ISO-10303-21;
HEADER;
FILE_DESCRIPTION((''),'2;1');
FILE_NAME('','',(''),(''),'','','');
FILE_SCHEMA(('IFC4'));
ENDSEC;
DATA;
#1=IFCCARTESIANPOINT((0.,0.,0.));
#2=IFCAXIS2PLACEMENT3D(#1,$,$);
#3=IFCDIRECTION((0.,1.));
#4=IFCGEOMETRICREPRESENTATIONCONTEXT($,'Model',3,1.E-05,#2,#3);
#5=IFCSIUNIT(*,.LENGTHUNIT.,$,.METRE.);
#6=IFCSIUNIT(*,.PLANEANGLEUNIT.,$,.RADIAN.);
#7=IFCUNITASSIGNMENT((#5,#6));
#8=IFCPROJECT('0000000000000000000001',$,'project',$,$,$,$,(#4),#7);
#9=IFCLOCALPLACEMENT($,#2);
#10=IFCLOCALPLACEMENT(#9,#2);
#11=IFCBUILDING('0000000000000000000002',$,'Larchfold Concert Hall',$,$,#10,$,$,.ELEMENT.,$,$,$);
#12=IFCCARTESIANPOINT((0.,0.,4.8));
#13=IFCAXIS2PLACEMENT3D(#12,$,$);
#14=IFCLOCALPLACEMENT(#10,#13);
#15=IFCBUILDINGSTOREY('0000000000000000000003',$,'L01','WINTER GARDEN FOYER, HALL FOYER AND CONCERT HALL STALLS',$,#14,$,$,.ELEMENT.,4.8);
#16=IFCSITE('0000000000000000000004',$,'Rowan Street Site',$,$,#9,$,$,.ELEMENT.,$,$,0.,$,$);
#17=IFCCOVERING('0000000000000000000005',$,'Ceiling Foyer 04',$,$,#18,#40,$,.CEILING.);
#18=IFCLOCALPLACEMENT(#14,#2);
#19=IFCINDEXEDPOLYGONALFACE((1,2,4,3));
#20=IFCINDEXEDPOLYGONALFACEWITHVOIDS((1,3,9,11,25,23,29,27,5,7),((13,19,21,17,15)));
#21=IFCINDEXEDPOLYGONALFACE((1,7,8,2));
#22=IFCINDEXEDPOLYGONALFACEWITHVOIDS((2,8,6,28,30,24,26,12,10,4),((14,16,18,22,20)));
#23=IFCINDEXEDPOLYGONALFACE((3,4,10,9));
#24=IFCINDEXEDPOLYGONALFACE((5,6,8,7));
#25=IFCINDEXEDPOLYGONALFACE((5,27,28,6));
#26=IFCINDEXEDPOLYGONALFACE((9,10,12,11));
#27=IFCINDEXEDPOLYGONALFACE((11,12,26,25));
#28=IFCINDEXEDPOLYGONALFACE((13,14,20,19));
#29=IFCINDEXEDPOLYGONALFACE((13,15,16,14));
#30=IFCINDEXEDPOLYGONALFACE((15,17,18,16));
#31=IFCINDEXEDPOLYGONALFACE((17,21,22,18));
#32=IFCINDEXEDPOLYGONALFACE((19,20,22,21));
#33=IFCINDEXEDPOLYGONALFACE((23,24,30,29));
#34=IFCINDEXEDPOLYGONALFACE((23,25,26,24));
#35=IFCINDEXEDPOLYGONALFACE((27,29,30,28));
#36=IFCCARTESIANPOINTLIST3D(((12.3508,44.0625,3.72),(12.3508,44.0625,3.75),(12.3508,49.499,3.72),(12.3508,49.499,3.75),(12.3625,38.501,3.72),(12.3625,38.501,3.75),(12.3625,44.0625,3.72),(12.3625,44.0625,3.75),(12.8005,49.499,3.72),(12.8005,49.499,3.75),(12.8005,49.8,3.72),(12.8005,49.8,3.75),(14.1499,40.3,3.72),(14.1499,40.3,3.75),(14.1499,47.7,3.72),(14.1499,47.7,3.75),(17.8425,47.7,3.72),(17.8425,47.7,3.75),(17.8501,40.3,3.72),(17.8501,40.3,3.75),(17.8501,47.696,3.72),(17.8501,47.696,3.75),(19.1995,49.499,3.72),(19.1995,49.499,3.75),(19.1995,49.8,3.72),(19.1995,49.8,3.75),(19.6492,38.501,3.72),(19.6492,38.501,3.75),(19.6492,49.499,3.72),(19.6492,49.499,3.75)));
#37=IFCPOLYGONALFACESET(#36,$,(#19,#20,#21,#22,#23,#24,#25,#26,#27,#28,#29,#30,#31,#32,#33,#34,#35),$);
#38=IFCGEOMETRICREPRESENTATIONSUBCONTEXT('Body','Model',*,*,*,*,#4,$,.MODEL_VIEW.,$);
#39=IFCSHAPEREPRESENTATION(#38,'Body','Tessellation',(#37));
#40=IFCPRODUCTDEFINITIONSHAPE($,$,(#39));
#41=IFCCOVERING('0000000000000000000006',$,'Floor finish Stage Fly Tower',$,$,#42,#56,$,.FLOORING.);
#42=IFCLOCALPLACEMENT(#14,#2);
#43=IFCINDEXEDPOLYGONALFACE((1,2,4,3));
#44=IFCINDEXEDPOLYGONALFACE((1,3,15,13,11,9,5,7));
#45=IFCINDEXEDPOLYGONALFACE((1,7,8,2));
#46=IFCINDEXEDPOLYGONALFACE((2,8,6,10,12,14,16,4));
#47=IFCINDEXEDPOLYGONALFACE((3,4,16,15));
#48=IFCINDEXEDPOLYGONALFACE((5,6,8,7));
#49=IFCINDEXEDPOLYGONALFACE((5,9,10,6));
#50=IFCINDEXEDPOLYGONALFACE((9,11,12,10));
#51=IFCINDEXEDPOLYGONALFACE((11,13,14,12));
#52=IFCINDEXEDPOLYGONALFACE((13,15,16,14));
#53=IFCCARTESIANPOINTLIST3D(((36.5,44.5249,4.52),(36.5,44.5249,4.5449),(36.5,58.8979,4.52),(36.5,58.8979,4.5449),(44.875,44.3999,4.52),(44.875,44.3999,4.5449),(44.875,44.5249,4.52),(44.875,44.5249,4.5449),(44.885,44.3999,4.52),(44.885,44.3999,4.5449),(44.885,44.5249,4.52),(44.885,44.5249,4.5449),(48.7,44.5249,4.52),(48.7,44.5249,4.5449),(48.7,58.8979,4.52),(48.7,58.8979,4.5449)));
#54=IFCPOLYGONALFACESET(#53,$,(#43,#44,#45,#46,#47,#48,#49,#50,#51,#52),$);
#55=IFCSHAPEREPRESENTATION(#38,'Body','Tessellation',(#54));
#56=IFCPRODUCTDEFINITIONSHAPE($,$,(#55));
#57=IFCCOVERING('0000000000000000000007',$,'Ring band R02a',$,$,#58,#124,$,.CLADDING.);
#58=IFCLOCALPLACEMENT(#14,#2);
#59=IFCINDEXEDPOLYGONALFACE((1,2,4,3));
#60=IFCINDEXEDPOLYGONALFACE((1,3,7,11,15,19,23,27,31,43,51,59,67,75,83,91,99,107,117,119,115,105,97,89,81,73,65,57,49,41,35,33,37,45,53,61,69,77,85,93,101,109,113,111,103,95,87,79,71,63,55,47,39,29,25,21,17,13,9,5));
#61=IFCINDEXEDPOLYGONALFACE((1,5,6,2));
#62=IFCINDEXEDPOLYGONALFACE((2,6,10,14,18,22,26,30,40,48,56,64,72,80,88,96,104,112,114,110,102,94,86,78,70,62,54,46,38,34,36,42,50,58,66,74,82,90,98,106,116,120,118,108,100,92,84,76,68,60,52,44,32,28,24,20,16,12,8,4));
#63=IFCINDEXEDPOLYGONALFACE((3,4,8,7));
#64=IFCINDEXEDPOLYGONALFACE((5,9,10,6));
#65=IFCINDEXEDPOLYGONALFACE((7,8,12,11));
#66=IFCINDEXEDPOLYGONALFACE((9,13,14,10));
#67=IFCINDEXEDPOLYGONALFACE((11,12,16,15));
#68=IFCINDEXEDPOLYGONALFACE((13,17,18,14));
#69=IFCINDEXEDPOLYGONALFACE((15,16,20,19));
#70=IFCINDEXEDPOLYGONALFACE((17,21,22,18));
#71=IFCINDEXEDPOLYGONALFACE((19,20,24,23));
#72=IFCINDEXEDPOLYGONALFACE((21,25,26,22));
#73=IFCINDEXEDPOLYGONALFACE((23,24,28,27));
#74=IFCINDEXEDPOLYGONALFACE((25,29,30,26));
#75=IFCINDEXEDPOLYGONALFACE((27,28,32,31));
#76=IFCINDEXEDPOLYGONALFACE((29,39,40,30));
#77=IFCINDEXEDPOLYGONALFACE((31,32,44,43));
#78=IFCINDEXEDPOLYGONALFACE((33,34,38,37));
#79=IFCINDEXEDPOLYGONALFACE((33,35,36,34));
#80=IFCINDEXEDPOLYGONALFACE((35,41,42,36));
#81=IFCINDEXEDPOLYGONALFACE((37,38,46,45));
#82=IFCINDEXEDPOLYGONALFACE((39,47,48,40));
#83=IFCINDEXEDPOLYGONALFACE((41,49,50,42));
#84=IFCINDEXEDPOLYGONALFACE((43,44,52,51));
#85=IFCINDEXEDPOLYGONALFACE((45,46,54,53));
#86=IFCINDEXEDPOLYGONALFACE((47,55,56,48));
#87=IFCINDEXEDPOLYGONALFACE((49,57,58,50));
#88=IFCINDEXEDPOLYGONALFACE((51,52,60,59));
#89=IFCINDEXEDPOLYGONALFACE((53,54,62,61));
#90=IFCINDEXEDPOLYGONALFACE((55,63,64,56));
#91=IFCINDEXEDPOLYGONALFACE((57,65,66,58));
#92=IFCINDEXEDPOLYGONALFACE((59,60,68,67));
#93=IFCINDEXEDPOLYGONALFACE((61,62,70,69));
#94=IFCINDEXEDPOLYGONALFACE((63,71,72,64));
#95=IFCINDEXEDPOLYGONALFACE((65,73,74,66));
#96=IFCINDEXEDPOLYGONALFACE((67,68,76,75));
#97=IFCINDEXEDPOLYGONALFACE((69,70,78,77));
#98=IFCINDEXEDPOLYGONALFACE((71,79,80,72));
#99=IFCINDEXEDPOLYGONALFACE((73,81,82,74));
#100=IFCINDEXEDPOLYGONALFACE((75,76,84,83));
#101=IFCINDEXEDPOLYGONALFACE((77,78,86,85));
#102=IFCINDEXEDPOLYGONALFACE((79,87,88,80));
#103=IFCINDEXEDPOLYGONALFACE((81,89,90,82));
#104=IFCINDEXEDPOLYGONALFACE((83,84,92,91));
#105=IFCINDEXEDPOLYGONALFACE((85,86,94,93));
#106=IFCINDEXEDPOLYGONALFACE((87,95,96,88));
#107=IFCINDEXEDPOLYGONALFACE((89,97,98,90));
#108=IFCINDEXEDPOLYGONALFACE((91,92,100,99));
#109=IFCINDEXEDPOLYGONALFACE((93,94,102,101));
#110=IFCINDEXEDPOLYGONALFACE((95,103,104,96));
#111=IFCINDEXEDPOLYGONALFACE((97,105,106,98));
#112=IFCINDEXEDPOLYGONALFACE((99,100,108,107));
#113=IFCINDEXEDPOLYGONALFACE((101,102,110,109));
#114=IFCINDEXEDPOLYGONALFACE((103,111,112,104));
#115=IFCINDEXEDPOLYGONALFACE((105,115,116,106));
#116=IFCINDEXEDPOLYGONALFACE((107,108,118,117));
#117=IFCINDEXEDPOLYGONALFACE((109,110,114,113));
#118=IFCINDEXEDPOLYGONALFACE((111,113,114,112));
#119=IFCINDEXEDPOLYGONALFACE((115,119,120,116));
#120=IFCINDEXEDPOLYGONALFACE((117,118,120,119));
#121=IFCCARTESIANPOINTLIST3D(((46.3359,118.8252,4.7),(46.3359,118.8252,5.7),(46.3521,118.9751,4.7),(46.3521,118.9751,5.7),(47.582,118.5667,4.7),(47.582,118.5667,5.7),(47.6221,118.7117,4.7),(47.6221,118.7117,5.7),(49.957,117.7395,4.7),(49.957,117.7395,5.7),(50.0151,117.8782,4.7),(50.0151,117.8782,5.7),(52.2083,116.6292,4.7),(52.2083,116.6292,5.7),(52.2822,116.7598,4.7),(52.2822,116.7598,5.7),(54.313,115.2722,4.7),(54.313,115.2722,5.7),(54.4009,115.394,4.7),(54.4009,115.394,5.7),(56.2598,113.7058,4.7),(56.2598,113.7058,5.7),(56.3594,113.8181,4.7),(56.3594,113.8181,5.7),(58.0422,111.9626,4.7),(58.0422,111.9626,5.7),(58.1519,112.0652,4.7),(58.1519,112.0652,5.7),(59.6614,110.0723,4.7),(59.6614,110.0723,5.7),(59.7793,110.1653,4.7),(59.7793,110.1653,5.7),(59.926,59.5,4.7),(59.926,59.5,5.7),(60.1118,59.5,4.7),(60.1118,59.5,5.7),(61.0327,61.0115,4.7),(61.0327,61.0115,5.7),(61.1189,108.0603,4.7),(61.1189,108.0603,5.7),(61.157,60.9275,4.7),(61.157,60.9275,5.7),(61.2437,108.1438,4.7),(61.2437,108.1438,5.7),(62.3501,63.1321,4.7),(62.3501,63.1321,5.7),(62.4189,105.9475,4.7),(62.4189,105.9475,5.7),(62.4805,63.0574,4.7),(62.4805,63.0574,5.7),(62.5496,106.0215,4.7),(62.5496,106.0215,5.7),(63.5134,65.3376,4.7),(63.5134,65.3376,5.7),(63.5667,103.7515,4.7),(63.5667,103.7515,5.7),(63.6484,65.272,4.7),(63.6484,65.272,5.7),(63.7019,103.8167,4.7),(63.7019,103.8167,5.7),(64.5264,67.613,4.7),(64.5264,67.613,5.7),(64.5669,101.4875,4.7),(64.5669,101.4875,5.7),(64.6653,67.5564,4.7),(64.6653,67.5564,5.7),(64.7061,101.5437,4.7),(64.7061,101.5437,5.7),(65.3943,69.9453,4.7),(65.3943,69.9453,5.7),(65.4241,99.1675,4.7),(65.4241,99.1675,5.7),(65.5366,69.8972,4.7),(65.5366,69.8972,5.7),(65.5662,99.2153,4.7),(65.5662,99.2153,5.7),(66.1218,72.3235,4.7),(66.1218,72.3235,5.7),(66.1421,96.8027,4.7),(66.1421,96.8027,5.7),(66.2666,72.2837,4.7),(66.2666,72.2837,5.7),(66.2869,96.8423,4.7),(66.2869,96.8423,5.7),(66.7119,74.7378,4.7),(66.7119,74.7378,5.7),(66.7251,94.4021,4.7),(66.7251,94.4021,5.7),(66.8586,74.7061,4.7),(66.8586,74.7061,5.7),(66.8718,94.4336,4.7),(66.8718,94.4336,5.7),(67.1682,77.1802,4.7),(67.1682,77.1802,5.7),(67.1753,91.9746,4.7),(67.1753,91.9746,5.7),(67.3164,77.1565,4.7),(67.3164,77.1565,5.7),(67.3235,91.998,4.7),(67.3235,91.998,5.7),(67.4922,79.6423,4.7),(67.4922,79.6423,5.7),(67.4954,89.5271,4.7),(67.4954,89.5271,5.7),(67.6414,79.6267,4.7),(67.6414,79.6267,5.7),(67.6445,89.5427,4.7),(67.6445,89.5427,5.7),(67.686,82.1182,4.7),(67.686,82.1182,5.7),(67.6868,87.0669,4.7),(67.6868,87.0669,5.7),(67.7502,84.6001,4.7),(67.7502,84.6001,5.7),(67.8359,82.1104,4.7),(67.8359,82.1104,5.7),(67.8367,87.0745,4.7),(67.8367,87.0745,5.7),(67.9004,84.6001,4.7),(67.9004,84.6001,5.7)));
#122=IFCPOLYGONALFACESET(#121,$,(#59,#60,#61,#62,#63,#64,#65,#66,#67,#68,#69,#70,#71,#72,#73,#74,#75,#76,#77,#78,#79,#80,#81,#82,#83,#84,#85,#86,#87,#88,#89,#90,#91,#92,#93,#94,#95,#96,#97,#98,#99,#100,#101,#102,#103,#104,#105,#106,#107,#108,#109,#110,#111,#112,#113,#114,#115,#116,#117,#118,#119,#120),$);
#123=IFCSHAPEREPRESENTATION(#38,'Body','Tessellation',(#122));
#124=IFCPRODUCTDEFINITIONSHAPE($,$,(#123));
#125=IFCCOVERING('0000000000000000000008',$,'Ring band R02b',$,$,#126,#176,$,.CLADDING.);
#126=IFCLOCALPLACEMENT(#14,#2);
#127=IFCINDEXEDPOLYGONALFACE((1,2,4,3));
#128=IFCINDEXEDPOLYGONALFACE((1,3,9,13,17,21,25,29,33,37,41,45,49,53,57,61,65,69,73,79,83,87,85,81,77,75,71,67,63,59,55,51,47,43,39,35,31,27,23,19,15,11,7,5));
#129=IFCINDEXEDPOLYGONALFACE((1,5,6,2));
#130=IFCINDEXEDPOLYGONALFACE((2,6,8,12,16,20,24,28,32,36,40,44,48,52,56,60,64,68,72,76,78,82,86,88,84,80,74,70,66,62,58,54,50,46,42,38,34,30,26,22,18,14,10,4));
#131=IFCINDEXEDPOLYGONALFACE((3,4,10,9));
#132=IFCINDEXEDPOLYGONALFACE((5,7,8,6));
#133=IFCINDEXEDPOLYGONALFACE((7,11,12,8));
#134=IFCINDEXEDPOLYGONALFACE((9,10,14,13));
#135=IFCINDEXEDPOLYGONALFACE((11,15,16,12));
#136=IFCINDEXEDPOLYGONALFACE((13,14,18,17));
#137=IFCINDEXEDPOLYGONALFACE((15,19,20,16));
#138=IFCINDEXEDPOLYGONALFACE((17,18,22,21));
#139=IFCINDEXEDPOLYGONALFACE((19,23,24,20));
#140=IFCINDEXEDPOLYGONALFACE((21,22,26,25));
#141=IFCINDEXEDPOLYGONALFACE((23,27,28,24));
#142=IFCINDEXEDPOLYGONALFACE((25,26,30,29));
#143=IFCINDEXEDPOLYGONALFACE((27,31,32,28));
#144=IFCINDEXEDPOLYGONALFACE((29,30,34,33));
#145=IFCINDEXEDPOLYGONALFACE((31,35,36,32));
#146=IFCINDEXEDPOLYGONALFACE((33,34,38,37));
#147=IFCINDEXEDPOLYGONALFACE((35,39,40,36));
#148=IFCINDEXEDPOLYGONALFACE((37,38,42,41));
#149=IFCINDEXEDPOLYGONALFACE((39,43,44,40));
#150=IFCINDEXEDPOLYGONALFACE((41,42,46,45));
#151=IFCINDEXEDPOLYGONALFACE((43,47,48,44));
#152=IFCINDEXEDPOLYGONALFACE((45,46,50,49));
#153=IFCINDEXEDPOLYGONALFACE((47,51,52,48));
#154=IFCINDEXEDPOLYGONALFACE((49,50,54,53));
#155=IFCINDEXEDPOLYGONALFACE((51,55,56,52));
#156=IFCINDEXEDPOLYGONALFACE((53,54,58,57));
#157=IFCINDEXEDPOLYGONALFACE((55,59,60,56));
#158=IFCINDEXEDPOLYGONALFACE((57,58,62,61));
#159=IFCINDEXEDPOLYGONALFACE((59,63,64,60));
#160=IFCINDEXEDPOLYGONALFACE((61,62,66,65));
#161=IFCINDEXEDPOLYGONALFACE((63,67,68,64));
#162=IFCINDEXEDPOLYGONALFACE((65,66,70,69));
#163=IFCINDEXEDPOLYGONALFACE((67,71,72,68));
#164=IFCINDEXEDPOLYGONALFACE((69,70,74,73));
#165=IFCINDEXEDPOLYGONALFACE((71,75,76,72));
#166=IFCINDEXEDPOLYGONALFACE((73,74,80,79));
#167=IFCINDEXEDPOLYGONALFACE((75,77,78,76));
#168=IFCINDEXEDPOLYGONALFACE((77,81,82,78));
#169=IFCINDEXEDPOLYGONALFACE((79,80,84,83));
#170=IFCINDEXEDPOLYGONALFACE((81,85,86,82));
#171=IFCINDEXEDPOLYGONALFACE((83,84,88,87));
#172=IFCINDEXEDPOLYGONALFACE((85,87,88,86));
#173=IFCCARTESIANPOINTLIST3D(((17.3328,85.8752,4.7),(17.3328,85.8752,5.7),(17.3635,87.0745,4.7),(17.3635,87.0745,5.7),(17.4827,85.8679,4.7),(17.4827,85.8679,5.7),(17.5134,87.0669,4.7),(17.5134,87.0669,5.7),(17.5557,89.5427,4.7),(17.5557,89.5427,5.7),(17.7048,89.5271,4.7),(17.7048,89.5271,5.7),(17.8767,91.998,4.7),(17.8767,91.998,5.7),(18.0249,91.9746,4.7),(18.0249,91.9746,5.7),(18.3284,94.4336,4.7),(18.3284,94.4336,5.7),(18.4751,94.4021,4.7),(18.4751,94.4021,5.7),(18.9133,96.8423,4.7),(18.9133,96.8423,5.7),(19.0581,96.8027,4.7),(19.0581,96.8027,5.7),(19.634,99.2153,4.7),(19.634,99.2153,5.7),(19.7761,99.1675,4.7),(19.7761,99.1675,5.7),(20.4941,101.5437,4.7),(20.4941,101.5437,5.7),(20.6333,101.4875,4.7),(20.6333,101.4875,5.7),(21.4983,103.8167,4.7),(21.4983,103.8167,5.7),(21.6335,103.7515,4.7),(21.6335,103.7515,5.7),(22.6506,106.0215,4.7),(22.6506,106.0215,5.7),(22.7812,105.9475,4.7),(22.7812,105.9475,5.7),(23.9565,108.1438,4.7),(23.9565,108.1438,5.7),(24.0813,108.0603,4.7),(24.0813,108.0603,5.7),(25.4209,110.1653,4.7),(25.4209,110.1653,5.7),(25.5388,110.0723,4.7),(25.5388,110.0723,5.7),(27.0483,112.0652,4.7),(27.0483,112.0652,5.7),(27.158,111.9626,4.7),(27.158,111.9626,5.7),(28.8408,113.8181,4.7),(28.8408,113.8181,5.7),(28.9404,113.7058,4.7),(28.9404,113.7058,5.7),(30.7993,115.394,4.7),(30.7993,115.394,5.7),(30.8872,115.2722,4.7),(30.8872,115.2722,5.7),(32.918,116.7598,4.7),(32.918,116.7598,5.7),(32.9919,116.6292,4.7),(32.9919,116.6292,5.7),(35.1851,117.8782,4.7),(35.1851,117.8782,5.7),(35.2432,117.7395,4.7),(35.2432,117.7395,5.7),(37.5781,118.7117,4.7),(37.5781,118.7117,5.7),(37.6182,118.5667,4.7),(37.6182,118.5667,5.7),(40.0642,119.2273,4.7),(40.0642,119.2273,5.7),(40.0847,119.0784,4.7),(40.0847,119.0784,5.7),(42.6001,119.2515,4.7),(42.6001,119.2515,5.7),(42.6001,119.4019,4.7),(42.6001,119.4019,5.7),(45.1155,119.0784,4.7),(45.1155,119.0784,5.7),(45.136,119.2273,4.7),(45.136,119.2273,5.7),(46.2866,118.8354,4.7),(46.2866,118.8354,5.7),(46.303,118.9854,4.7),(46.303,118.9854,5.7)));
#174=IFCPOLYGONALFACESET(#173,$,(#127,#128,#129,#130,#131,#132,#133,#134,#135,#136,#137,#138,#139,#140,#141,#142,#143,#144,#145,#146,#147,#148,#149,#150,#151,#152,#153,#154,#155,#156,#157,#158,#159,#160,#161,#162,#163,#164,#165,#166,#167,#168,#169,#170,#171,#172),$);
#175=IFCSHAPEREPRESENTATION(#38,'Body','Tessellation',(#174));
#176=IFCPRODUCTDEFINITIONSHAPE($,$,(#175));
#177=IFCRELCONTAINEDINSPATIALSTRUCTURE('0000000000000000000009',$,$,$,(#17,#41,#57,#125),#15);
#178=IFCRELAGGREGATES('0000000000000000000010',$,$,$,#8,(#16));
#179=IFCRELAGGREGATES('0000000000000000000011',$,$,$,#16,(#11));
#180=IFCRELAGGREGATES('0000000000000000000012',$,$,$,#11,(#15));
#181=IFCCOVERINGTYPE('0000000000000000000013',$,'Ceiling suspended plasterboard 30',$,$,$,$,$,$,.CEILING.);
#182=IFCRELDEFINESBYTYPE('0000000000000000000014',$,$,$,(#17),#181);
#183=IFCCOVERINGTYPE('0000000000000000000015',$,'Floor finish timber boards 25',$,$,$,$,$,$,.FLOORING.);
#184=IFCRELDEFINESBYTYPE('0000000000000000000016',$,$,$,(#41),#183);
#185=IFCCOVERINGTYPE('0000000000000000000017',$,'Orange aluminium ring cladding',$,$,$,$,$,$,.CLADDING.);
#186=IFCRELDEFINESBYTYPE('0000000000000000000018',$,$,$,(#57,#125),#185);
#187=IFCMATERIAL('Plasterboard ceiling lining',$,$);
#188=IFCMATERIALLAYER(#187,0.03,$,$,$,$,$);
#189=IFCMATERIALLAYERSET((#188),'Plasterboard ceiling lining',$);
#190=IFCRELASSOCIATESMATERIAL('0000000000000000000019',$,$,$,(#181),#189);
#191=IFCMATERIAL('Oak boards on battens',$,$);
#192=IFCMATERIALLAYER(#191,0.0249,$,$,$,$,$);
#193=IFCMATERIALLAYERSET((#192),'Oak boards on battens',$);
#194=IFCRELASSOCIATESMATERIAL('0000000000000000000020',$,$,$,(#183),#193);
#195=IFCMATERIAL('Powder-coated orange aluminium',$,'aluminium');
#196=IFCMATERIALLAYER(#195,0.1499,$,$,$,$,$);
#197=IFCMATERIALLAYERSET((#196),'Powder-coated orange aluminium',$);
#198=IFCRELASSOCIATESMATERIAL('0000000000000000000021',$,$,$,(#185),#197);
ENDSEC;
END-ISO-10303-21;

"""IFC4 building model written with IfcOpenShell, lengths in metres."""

from ifc_helpers import new_model, si_unit, direction, frame, origin, place, context, subcontext, project, spatial, polyline, outline, extrude, material, layer, layer_set, type_object, element, save


model = new_model("IFC4")

# Units and contexts
model_context = context("Model", 3, precision=1e-05, world=origin(), true_north=direction((0.0, 1.0)))
body_context = subcontext(model_context, "Body", "Model", "MODEL_VIEW")
ifc_project = project(units=[si_unit("LENGTHUNIT", "METRE"), si_unit("PLANEANGLEUNIT", "RADIAN")], contexts=[model_context])

# Site, building, storey
site_placement = place(None, origin())
site = spatial("IfcSite", under=ifc_project, at=site_placement, Name="Rowan Street Site", CompositionType="ELEMENT", RefElevation=0.0)
building_placement = place(site_placement, origin())
building = spatial("IfcBuilding", under=site, at=building_placement, Name="Larchfold Concert Hall", CompositionType="ELEMENT")
storey_placement = place(building_placement, frame((0.0, 0.0, 4.8)))
storey = spatial("IfcBuildingStorey", under=building, at=storey_placement, Name="L01", Description="WINTER GARDEN FOYER, HALL FOYER AND CONCERT HALL STALLS", CompositionType="ELEMENT", Elevation=4.8)

# Coverings
ifc_material_1 = material(Name="Plasterboard ceiling lining")
ifc_layer_1 = layer(ifc_material_1, 0.03)
ifc_layer_set_1 = layer_set([ifc_layer_1], Name="Plasterboard ceiling lining")
covering_type_1 = type_object("IfcCoveringType", Name="Ceiling suspended plasterboard 30", PredefinedType="CEILING", material=ifc_layer_set_1)
covering_1_placement = place(storey_placement, frame((0.0, 0.0, 3.72)))
element("IfcCovering", 1, at=covering_1_placement, inside=storey, type_object=covering_type_1, Name="Ceiling Foyer 04", PredefinedType="CEILING", context=body_context, shape_type="SweptSolid", body=[
    extrude(outline(polyline([(12.3508, 49.499), (12.3508, 44.0625), (12.3625, 44.0625), (12.3625, 38.501), (19.6492, 38.501), (19.6492, 49.499), (19.1995, 49.499), (19.1995, 49.8), (12.8005, 49.8), (12.8005, 49.499), (12.3508, 49.499)]), holes=[polyline([(14.1499, 40.3), (14.1499, 47.7), (17.8425, 47.7), (17.8501, 47.696), (17.8501, 40.3), (14.1499, 40.3)])]), origin(), (0.0, 0.0, 1.0), 0.03),
])
ifc_material_2 = material(Name="Oak boards on battens")
ifc_layer_2 = layer(ifc_material_2, 0.0249)
ifc_layer_set_2 = layer_set([ifc_layer_2], Name="Oak boards on battens")
covering_type_2 = type_object("IfcCoveringType", Name="Floor finish timber boards 25", PredefinedType="FLOORING", material=ifc_layer_set_2)
covering_2_placement = place(storey_placement, frame((0.0, 0.0, 4.52)))
element("IfcCovering", 2, at=covering_2_placement, inside=storey, type_object=covering_type_2, Name="Floor finish Stage Fly Tower", PredefinedType="FLOORING", context=body_context, shape_type="SweptSolid", body=[
    extrude(outline(polyline([(36.5, 58.8979), (36.5, 44.5249), (44.875, 44.5249), (44.875, 44.3999), (44.885, 44.3999), (44.885, 44.5249), (48.7, 44.5249), (48.7, 58.8979), (36.5, 58.8979)])), origin(), (0.0, 0.0, 1.0), 0.0249),
])
ifc_material_3 = material(Name="Powder-coated orange aluminium", Category="aluminium")
ifc_layer_3 = layer(ifc_material_3, 0.1499)
ifc_layer_set_3 = layer_set([ifc_layer_3], Name="Powder-coated orange aluminium")
covering_type_3 = type_object("IfcCoveringType", Name="Orange aluminium ring cladding", PredefinedType="CLADDING", material=ifc_layer_set_3)
covering_3_placement = place(storey_placement, frame((0.0, 0.0, 4.7)))
element("IfcCovering", 3, at=covering_3_placement, inside=storey, type_object=covering_type_3, Name="Ring band R02a", PredefinedType="CLADDING", context=body_context, shape_type="SweptSolid", body=[
    extrude(outline(polyline([(66.8586, 74.7061), (67.3164, 77.1565), (67.6414, 79.6267), (67.8359, 82.1104), (67.9004, 84.6001), (67.8367, 87.0745), (67.6445, 89.5427), (67.3235, 91.998), (66.8718, 94.4336), (66.2869, 96.8423), (65.5662, 99.2153), (64.7061, 101.5437), (63.7019, 103.8167), (62.5496, 106.0215), (61.2437, 108.1438), (59.7793, 110.1653), (58.1519, 112.0652), (56.3594, 113.8181), (54.4009, 115.394), (52.2822, 116.7598), (50.0151, 117.8782), (47.6221, 118.7117), (46.3521, 118.9751), (46.3359, 118.8252), (47.582, 118.5667), (49.957, 117.7395), (52.2083, 116.6292), (54.313, 115.2722), (56.2598, 113.7058), (58.0422, 111.9626), (59.6614, 110.0723), (61.1189, 108.0603), (62.4189, 105.9475), (63.5667, 103.7515), (64.5669, 101.4875), (65.4241, 99.1675), (66.1421, 96.8027), (66.7251, 94.4021), (67.1753, 91.9746), (67.4954, 89.5271), (67.6868, 87.0669), (67.7502, 84.6001), (67.686, 82.1182), (67.4922, 79.6423), (67.1682, 77.1802), (66.7119, 74.7378), (66.1218, 72.3235), (65.3943, 69.9453), (64.5264, 67.613), (63.5134, 65.3376), (62.3501, 63.1321), (61.0327, 61.0115), (59.926, 59.5), (60.1118, 59.5), (61.157, 60.9275), (62.4805, 63.0574), (63.6484, 65.272), (64.6653, 67.5564), (65.5366, 69.8972), (66.2666, 72.2837), (66.8586, 74.7061)])), origin(), (0.0, 0.0, 1.0), 1.0),
])
covering_4_placement = place(storey_placement, frame((0.0, 0.0, 4.7)))
element("IfcCovering", 4, at=covering_4_placement, inside=storey, type_object=covering_type_3, Name="Ring band R02b", PredefinedType="CLADDING", context=body_context, shape_type="SweptSolid", body=[
    extrude(outline(polyline([(42.6001, 119.2515), (45.1155, 119.0784), (46.2866, 118.8354), (46.303, 118.9854), (45.136, 119.2273), (42.6001, 119.4019), (40.0642, 119.2273), (37.5781, 118.7117), (35.1851, 117.8782), (32.918, 116.7598), (30.7993, 115.394), (28.8408, 113.8181), (27.0483, 112.0652), (25.4209, 110.1653), (23.9565, 108.1438), (22.6506, 106.0215), (21.4983, 103.8167), (20.4941, 101.5437), (19.634, 99.2153), (18.9133, 96.8423), (18.3284, 94.4336), (17.8767, 91.998), (17.5557, 89.5427), (17.3635, 87.0745), (17.3328, 85.8752), (17.4827, 85.8679), (17.5134, 87.0669), (17.7048, 89.5271), (18.0249, 91.9746), (18.4751, 94.4021), (19.0581, 96.8027), (19.7761, 99.1675), (20.6333, 101.4875), (21.6335, 103.7515), (22.7812, 105.9475), (24.0813, 108.0603), (25.5388, 110.0723), (27.158, 111.9626), (28.9404, 113.7058), (30.8872, 115.2722), (32.9919, 116.6292), (35.2432, 117.7395), (37.6182, 118.5667), (40.0847, 119.0784), (42.6001, 119.2515)])), origin(), (0.0, 0.0, 1.0), 1.0),
])

save(model, "model.ifc")
